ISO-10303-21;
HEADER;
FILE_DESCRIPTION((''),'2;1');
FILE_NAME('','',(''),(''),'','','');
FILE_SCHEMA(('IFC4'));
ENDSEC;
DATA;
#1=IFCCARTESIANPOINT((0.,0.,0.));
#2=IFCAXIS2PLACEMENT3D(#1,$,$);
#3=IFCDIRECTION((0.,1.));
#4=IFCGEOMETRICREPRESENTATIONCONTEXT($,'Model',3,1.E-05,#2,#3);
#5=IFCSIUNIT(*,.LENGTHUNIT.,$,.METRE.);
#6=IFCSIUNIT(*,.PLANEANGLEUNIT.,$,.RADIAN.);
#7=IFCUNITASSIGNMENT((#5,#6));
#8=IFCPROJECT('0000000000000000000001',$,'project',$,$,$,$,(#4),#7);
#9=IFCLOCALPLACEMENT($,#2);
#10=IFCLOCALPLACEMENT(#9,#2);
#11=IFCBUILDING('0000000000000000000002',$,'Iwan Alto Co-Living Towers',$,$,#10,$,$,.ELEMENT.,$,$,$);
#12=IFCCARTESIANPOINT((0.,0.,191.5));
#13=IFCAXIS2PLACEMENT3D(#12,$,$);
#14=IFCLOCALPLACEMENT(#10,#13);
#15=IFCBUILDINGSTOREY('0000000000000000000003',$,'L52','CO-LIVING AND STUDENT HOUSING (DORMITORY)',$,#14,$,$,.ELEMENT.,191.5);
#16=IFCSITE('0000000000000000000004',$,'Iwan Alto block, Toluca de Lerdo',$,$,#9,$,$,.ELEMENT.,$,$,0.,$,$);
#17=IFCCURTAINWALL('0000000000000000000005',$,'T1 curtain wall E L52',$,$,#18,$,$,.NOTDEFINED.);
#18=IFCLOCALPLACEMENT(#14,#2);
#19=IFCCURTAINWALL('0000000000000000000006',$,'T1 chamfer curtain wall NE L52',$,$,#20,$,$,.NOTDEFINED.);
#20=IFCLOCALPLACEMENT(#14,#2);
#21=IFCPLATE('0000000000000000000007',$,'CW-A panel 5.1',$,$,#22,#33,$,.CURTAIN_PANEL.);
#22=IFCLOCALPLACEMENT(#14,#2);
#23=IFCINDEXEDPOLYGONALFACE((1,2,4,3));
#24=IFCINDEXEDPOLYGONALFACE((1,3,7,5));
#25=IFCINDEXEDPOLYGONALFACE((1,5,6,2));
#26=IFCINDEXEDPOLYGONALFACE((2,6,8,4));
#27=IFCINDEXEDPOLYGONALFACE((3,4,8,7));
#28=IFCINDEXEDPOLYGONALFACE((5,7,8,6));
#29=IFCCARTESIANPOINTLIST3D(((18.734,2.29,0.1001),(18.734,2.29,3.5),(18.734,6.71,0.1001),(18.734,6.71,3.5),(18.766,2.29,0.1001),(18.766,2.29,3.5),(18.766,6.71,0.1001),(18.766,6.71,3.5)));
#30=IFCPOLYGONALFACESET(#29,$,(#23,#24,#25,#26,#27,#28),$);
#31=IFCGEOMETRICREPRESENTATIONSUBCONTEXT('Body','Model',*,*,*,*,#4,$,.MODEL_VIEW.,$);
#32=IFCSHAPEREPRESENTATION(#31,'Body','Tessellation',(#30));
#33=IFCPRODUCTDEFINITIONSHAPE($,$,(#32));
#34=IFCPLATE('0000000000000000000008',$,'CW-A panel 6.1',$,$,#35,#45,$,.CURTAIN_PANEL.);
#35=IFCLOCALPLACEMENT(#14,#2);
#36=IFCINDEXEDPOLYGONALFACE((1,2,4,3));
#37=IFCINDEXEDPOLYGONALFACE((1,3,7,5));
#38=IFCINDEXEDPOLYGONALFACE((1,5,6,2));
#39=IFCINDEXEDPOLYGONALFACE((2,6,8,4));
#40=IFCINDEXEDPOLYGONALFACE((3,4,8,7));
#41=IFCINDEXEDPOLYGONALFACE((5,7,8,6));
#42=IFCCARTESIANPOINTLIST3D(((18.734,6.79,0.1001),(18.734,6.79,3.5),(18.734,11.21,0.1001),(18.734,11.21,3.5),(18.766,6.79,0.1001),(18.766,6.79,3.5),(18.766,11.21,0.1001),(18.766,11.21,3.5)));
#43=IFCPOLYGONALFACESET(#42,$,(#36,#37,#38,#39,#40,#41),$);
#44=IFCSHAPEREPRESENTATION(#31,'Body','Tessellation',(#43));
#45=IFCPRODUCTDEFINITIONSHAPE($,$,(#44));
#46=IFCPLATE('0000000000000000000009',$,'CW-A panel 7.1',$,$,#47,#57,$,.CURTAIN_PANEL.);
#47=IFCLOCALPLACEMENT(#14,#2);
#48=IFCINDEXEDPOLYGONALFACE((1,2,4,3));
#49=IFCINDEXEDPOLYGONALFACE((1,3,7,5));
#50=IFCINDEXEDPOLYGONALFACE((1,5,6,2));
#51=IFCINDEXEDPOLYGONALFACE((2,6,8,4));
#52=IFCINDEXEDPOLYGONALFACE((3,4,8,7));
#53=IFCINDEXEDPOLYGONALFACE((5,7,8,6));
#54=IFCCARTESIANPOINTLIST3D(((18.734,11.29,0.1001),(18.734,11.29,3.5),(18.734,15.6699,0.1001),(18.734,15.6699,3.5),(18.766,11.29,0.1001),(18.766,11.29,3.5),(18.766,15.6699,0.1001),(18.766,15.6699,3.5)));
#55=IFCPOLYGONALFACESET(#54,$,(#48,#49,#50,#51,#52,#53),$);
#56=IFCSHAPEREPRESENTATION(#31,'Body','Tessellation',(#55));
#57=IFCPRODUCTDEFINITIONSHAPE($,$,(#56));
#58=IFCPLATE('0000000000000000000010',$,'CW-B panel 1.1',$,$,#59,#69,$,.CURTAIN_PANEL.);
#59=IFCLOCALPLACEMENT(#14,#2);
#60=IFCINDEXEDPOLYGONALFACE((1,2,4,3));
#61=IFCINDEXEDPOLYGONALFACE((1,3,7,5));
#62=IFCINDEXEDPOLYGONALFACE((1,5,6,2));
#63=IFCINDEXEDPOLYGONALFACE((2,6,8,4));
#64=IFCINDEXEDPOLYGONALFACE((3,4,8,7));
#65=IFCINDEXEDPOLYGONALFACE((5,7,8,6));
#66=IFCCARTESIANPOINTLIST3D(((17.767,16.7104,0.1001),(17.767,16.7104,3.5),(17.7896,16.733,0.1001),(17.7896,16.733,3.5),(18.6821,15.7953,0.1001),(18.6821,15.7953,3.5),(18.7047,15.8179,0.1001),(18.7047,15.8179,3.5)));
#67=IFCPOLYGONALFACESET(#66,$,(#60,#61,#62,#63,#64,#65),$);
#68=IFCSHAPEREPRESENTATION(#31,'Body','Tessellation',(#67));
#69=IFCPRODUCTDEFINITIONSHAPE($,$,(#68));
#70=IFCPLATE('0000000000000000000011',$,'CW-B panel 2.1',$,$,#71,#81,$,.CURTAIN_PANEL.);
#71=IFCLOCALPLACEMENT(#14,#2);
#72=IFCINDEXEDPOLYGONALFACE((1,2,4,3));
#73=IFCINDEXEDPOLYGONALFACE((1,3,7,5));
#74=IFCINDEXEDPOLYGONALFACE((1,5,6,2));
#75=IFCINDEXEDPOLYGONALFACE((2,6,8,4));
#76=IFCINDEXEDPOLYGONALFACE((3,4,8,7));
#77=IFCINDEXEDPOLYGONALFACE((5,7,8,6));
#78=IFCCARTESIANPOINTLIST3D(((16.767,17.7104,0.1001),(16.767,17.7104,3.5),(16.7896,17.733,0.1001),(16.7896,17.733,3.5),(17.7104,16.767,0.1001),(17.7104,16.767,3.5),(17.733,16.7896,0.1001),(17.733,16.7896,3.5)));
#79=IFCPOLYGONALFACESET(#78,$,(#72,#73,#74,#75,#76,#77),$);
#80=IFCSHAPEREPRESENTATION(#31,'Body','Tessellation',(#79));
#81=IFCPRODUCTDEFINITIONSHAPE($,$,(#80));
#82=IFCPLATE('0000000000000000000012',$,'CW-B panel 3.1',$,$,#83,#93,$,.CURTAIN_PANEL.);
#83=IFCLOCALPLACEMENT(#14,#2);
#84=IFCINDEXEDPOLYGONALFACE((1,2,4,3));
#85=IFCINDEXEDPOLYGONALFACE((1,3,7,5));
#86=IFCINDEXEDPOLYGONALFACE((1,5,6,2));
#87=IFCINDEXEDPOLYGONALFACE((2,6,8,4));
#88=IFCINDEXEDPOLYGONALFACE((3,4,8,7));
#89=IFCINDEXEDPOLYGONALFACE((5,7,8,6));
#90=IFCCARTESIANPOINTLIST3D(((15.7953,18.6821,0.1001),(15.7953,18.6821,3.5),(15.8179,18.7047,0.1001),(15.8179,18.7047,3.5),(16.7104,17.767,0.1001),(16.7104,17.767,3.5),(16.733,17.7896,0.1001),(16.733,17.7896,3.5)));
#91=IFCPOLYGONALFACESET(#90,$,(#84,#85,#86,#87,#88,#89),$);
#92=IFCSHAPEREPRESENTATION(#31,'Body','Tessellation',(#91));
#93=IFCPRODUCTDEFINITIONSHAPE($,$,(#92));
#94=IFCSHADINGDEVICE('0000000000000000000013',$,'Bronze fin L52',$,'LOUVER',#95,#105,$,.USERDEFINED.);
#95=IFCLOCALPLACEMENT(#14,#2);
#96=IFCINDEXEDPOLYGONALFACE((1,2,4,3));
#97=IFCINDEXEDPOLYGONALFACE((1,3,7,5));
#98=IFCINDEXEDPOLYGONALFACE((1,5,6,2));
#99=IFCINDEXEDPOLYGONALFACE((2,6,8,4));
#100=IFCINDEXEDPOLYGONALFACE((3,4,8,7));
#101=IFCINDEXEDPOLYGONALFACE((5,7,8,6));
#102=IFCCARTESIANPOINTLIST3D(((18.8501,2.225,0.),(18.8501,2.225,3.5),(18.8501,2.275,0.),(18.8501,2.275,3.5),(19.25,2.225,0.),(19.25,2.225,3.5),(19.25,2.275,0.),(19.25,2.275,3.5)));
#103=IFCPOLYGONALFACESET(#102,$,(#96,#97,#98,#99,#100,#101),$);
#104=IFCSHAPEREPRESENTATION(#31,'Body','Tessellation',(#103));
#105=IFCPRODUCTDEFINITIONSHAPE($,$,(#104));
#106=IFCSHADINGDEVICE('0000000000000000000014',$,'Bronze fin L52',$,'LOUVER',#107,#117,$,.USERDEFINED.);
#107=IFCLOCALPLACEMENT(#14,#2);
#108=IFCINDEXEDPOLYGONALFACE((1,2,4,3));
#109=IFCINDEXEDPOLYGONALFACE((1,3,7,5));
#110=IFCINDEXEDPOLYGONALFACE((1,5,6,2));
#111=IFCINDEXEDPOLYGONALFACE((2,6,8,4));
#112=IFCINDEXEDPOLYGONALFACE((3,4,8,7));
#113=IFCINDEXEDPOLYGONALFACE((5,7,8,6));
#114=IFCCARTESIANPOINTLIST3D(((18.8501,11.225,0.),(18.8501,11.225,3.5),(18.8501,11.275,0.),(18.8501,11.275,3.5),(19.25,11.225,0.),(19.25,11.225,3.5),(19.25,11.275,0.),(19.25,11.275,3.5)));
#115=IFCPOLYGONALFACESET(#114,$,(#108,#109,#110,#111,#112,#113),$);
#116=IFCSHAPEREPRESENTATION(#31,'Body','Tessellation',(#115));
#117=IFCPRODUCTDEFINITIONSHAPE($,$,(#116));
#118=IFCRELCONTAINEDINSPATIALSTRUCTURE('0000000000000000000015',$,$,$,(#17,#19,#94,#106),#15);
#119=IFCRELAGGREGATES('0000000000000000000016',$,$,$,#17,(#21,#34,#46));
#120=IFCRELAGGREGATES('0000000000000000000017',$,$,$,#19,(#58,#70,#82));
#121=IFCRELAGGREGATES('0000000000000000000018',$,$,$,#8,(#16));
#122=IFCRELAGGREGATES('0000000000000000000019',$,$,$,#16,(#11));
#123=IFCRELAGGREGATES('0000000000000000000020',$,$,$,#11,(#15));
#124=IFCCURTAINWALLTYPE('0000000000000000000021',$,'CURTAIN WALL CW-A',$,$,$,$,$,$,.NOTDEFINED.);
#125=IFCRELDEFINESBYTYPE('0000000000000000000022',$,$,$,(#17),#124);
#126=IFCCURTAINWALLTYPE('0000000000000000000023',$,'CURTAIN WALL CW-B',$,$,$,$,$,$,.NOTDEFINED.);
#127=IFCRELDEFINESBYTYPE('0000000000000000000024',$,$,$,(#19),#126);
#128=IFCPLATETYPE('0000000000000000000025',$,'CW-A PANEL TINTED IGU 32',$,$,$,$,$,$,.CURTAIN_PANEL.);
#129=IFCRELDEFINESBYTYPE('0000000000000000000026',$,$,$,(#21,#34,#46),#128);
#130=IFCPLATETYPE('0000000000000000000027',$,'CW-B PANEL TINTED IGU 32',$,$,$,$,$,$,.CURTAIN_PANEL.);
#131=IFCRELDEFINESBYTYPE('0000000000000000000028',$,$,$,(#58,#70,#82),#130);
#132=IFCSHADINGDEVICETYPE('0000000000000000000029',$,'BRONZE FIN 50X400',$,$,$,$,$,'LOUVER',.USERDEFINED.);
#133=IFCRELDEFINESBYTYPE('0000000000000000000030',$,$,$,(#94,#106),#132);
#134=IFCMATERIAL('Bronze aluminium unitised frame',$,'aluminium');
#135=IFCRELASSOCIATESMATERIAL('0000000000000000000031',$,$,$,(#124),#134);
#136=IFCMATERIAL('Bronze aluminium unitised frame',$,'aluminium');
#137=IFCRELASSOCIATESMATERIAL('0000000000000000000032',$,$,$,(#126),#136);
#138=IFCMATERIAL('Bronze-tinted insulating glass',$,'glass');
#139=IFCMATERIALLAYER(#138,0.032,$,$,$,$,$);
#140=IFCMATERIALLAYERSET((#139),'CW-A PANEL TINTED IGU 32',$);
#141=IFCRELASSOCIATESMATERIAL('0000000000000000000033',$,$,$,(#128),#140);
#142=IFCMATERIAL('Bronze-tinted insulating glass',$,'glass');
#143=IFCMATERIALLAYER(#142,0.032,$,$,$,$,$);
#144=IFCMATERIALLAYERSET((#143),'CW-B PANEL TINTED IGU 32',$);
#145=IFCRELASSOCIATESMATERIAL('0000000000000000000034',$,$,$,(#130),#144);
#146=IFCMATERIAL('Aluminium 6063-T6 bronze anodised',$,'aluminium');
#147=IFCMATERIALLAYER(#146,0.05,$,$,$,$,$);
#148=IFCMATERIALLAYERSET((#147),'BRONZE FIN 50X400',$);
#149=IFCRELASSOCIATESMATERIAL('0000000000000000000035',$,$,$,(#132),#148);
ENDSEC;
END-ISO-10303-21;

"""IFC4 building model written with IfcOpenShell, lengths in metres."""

from ifc_helpers import new_model, si_unit, direction, frame, origin, origin_2d, place, context, subcontext, project, spatial, rectangle, extrude, material, layer, layer_set, type_object, element, aggregate, save


model = new_model("IFC4")

# Units and contexts
model_context = context("Model", 3, precision=1e-05, world=origin(), true_north=direction((0.0, 1.0)))
body_context = subcontext(model_context, "Body", "Model", "MODEL_VIEW")
ifc_project = project(units=[si_unit("LENGTHUNIT", "METRE"), si_unit("PLANEANGLEUNIT", "RADIAN")], contexts=[model_context])

# Site, building, storey
site_placement = place(None, origin())
site = spatial("IfcSite", under=ifc_project, at=site_placement, Name="Iwan Alto block, Toluca de Lerdo", CompositionType="ELEMENT", RefElevation=0.0)
building_placement = place(site_placement, origin())
building = spatial("IfcBuilding", under=site, at=building_placement, Name="Iwan Alto Co-Living Towers", CompositionType="ELEMENT")
storey_placement = place(building_placement, frame((0.0, 0.0, 191.5)))
storey = spatial("IfcBuildingStorey", under=building, at=storey_placement, Name="L52", Description="CO-LIVING AND STUDENT HOUSING (DORMITORY)", CompositionType="ELEMENT", Elevation=191.5)

# Curtain wall
ifc_material_1 = material(Name="Bronze aluminium unitised frame", Category="aluminium")
curtain_wall_type_1 = type_object("IfcCurtainWallType", Name="CURTAIN WALL CW-A", PredefinedType="NOTDEFINED", material=ifc_material_1)
curtain_wall_1_placement = place(storey_placement, origin())
curtain_wall_1 = element("IfcCurtainWall", 1, at=curtain_wall_1_placement, inside=storey, type_object=curtain_wall_type_1, Name="T1 curtain wall E L52", PredefinedType="NOTDEFINED")

# Curtain wall
ifc_material_2 = material(Name="Bronze aluminium unitised frame", Category="aluminium")
curtain_wall_type_2 = type_object("IfcCurtainWallType", Name="CURTAIN WALL CW-B", PredefinedType="NOTDEFINED", material=ifc_material_2)
curtain_wall_2_placement = place(storey_placement, origin())
curtain_wall_2 = element("IfcCurtainWall", 2, at=curtain_wall_2_placement, inside=storey, type_object=curtain_wall_type_2, Name="T1 chamfer curtain wall NE L52", PredefinedType="NOTDEFINED")

# Plates
ifc_material_3 = material(Name="Bronze-tinted insulating glass", Category="glass")
ifc_layer_1 = layer(ifc_material_3, 0.032)
ifc_layer_set_1 = layer_set([ifc_layer_1], Name="CW-A PANEL TINTED IGU 32")
plate_type_1 = type_object("IfcPlateType", Name="CW-A PANEL TINTED IGU 32", PredefinedType="CURTAIN_PANEL", material=ifc_layer_set_1)
plate_1_placement = place(storey_placement, frame((18.75, 4.5, 0.1001), z_axis=(0.0, 0.0, 1.0), x_axis=(0.0, 1.0, 0.0)))
plate_1 = element("IfcPlate", 3, at=plate_1_placement, type_object=plate_type_1, Name="CW-A panel 5.1", PredefinedType="CURTAIN_PANEL", context=body_context, shape_type="SweptSolid", body=[
    extrude(rectangle(XDim=4.4199, YDim=0.032, at=origin_2d()), origin(), (0.0, 0.0, 1.0), 3.3999),
])
plate_2_placement = place(storey_placement, frame((18.75, 9.0, 0.1001), z_axis=(0.0, 0.0, 1.0), x_axis=(0.0, 1.0, 0.0)))
plate_2 = element("IfcPlate", 4, at=plate_2_placement, type_object=plate_type_1, Name="CW-A panel 6.1", PredefinedType="CURTAIN_PANEL", context=body_context, shape_type="SweptSolid", body=[
    extrude(rectangle(XDim=4.4199, YDim=0.032, at=origin_2d()), origin(), (0.0, 0.0, 1.0), 3.3999),
])
plate_3_placement = place(storey_placement, frame((18.75, 13.48, 0.1001), z_axis=(0.0, 0.0, 1.0), x_axis=(0.0, 1.0, 0.0)))
plate_3 = element("IfcPlate", 5, at=plate_3_placement, type_object=plate_type_1, Name="CW-A panel 7.1", PredefinedType="CURTAIN_PANEL", context=body_context, shape_type="SweptSolid", body=[
    extrude(rectangle(XDim=4.3799, YDim=0.032, at=origin_2d()), origin(), (0.0, 0.0, 1.0), 3.3999),
])
aggregate(curtain_wall_1, [plate_1, plate_2, plate_3])
ifc_material_4 = material(Name="Bronze-tinted insulating glass", Category="glass")
ifc_layer_2 = layer(ifc_material_4, 0.032)
ifc_layer_set_2 = layer_set([ifc_layer_2], Name="CW-B PANEL TINTED IGU 32")
plate_type_2 = type_object("IfcPlateType", Name="CW-B PANEL TINTED IGU 32", PredefinedType="CURTAIN_PANEL", material=ifc_layer_set_2)
plate_4_placement = place(storey_placement, frame((18.2358, 16.2642, 0.1001), z_axis=(0.0, 0.0, 1.0), x_axis=(-0.707107, 0.707107, 0.0)))
plate_4 = element("IfcPlate", 6, at=plate_4_placement, type_object=plate_type_2, Name="CW-B panel 1.1", PredefinedType="CURTAIN_PANEL", context=body_context, shape_type="SweptSolid", body=[
    extrude(rectangle(XDim=1.2942, YDim=0.032, at=origin_2d()), origin(), (0.0, 0.0, 1.0), 3.3999),
])
plate_5_placement = place(storey_placement, frame((17.25, 17.25, 0.1001), z_axis=(0.0, 0.0, 1.0), x_axis=(-0.707107, 0.707107, 0.0)))
plate_5 = element("IfcPlate", 7, at=plate_5_placement, type_object=plate_type_2, Name="CW-B panel 2.1", PredefinedType="CURTAIN_PANEL", context=body_context, shape_type="SweptSolid", body=[
    extrude(rectangle(XDim=1.3342, YDim=0.032, at=origin_2d()), origin(), (0.0, 0.0, 1.0), 3.3999),
])
plate_6_placement = place(storey_placement, frame((16.2642, 18.2358, 0.1001), z_axis=(0.0, 0.0, 1.0), x_axis=(-0.707107, 0.707107, 0.0)))
plate_6 = element("IfcPlate", 8, at=plate_6_placement, type_object=plate_type_2, Name="CW-B panel 3.1", PredefinedType="CURTAIN_PANEL", context=body_context, shape_type="SweptSolid", body=[
    extrude(rectangle(XDim=1.2942, YDim=0.032, at=origin_2d()), origin(), (0.0, 0.0, 1.0), 3.3999),
])
aggregate(curtain_wall_2, [plate_4, plate_5, plate_6])

# Shading devices
ifc_material_5 = material(Name="Aluminium 6063-T6 bronze anodised", Category="aluminium")
ifc_layer_3 = layer(ifc_material_5, 0.05)
ifc_layer_set_3 = layer_set([ifc_layer_3], Name="BRONZE FIN 50X400")
shading_device_type = type_object("IfcShadingDeviceType", Name="BRONZE FIN 50X400", ElementType="LOUVER", PredefinedType="USERDEFINED", material=ifc_layer_set_3)
for number, where, z_axis, x_axis, name in (
    (9, (19.05, 2.25, 0.0), (0.0, 0.0, 1.0), (0.0, 1.0, 0.0), "Bronze fin L52"),
    (10, (19.05, 11.25, 0.0), (0.0, 0.0, 1.0), (0.0, 1.0, 0.0), "Bronze fin L52"),
):
    element("IfcShadingDevice", number, at=place(storey_placement, frame(where, z_axis=z_axis, x_axis=x_axis)), inside=storey, type_object=shading_device_type, Name=name, ObjectType="LOUVER", PredefinedType="USERDEFINED", context=body_context, shape_type="SweptSolid", body=[
        extrude(rectangle(XDim=0.05, YDim=0.3999, at=origin_2d()), origin(), (0.0, 0.0, 1.0), 3.5),
    ])

save(model, "model.ifc")
